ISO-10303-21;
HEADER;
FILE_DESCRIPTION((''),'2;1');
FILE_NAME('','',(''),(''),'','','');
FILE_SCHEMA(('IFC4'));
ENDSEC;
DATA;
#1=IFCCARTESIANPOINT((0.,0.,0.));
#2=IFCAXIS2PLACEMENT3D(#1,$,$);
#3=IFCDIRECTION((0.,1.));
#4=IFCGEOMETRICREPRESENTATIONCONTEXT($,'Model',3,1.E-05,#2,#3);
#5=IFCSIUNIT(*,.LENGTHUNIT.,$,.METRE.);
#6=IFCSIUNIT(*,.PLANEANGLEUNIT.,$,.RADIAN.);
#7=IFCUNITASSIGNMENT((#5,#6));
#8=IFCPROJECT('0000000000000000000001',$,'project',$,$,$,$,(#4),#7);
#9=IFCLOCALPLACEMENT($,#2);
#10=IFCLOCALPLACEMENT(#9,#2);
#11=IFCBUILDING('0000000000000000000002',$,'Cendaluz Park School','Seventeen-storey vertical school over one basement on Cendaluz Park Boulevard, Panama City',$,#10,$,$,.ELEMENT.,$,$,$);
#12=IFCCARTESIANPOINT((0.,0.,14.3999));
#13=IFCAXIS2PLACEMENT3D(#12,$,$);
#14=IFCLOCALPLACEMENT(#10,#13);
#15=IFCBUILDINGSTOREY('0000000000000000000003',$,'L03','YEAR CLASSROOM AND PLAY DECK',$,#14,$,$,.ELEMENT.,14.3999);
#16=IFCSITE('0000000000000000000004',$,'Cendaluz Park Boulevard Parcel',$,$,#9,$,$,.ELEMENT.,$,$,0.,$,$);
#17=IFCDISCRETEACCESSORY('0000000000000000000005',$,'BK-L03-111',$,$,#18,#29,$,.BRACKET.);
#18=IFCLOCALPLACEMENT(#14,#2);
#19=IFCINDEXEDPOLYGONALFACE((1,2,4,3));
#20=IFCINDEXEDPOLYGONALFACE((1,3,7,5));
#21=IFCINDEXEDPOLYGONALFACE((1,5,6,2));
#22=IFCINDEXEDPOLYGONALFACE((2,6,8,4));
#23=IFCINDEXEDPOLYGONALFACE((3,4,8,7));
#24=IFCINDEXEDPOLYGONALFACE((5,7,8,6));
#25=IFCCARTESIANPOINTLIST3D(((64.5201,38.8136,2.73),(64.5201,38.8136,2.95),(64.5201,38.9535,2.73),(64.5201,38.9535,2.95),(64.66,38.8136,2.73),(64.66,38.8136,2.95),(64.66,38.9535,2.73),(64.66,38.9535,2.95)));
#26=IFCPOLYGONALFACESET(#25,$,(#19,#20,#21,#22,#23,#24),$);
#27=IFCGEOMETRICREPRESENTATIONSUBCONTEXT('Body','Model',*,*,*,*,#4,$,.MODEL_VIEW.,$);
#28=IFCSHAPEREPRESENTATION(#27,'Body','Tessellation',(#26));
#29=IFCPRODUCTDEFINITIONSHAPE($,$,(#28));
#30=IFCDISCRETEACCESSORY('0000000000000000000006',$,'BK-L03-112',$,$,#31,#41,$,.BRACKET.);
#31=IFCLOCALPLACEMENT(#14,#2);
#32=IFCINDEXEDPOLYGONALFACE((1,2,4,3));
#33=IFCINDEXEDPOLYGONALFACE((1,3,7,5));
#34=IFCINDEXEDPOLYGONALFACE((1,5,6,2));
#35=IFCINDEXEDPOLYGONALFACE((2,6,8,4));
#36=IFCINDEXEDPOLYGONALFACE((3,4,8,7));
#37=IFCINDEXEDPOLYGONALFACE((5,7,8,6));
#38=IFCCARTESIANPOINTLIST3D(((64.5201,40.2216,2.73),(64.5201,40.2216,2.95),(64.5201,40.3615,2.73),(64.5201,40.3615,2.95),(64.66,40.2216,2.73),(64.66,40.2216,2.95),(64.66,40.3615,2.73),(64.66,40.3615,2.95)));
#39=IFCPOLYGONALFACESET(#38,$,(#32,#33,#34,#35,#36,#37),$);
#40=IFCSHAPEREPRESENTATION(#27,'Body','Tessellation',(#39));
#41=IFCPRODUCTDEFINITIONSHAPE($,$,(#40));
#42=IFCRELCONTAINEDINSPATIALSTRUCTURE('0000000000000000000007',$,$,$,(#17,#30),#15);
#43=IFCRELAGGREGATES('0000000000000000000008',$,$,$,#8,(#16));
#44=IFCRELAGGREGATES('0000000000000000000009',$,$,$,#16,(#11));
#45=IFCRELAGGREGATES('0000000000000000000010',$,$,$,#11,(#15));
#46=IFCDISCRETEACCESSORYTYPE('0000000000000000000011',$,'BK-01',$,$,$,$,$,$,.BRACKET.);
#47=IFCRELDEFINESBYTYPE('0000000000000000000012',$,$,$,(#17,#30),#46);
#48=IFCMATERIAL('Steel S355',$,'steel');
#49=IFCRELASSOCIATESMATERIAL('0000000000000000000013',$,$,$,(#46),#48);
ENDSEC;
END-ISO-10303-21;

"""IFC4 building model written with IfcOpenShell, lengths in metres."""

from ifc_helpers import new_model, si_unit, direction, frame, origin, origin_2d, place, context, subcontext, project, spatial, rectangle, extrude, material, type_object, element, save


model = new_model("IFC4")

# Units and contexts
model_context = context("Model", 3, precision=1e-05, world=origin(), true_north=direction((0.0, 1.0)))
body_context = subcontext(model_context, "Body", "Model", "MODEL_VIEW")
ifc_project = project(units=[si_unit("LENGTHUNIT", "METRE"), si_unit("PLANEANGLEUNIT", "RADIAN")], contexts=[model_context])

# Site, building, storey
site_placement = place(None, origin())
site = spatial("IfcSite", under=ifc_project, at=site_placement, Name="Cendaluz Park Boulevard Parcel", CompositionType="ELEMENT", RefElevation=0.0)
building_placement = place(site_placement, origin())
building = spatial("IfcBuilding", under=site, at=building_placement, Name="Cendaluz Park School", Description="Seventeen-storey vertical school over one basement on Cendaluz Park Boulevard, Panama City", CompositionType="ELEMENT")
storey_placement = place(building_placement, frame((0.0, 0.0, 14.3999)))
storey = spatial("IfcBuildingStorey", under=building, at=storey_placement, Name="L03", Description="YEAR CLASSROOM AND PLAY DECK", CompositionType="ELEMENT", Elevation=14.3999)

# Discrete accessories
ifc_material_1 = material(Name="Steel S355", Category="steel")
discrete_accessory_type = type_object("IfcDiscreteAccessoryType", Name="BK-01", PredefinedType="BRACKET", material=ifc_material_1)
for number, where, z_axis, x_axis, name in (
    (1, (64.5901, 38.8835, 2.73), (0.0, 0.0, 1.0), (0.0, 1.0, 0.0), "BK-L03-111"),
    (2, (64.5901, 40.2915, 2.73), (0.0, 0.0, 1.0), (0.0, 1.0, 0.0), "BK-L03-112"),
):
    element("IfcDiscreteAccessory", number, at=place(storey_placement, frame(where, z_axis=z_axis, x_axis=x_axis)), inside=storey, type_object=discrete_accessory_type, Name=name, PredefinedType="BRACKET", context=body_context, shape_type="SweptSolid", body=[
        extrude(rectangle(XDim=0.1399, YDim=0.1399, at=origin_2d()), origin(), (0.0, 0.0, 1.0), 0.22),
    ])

save(model, "model.ifc")
